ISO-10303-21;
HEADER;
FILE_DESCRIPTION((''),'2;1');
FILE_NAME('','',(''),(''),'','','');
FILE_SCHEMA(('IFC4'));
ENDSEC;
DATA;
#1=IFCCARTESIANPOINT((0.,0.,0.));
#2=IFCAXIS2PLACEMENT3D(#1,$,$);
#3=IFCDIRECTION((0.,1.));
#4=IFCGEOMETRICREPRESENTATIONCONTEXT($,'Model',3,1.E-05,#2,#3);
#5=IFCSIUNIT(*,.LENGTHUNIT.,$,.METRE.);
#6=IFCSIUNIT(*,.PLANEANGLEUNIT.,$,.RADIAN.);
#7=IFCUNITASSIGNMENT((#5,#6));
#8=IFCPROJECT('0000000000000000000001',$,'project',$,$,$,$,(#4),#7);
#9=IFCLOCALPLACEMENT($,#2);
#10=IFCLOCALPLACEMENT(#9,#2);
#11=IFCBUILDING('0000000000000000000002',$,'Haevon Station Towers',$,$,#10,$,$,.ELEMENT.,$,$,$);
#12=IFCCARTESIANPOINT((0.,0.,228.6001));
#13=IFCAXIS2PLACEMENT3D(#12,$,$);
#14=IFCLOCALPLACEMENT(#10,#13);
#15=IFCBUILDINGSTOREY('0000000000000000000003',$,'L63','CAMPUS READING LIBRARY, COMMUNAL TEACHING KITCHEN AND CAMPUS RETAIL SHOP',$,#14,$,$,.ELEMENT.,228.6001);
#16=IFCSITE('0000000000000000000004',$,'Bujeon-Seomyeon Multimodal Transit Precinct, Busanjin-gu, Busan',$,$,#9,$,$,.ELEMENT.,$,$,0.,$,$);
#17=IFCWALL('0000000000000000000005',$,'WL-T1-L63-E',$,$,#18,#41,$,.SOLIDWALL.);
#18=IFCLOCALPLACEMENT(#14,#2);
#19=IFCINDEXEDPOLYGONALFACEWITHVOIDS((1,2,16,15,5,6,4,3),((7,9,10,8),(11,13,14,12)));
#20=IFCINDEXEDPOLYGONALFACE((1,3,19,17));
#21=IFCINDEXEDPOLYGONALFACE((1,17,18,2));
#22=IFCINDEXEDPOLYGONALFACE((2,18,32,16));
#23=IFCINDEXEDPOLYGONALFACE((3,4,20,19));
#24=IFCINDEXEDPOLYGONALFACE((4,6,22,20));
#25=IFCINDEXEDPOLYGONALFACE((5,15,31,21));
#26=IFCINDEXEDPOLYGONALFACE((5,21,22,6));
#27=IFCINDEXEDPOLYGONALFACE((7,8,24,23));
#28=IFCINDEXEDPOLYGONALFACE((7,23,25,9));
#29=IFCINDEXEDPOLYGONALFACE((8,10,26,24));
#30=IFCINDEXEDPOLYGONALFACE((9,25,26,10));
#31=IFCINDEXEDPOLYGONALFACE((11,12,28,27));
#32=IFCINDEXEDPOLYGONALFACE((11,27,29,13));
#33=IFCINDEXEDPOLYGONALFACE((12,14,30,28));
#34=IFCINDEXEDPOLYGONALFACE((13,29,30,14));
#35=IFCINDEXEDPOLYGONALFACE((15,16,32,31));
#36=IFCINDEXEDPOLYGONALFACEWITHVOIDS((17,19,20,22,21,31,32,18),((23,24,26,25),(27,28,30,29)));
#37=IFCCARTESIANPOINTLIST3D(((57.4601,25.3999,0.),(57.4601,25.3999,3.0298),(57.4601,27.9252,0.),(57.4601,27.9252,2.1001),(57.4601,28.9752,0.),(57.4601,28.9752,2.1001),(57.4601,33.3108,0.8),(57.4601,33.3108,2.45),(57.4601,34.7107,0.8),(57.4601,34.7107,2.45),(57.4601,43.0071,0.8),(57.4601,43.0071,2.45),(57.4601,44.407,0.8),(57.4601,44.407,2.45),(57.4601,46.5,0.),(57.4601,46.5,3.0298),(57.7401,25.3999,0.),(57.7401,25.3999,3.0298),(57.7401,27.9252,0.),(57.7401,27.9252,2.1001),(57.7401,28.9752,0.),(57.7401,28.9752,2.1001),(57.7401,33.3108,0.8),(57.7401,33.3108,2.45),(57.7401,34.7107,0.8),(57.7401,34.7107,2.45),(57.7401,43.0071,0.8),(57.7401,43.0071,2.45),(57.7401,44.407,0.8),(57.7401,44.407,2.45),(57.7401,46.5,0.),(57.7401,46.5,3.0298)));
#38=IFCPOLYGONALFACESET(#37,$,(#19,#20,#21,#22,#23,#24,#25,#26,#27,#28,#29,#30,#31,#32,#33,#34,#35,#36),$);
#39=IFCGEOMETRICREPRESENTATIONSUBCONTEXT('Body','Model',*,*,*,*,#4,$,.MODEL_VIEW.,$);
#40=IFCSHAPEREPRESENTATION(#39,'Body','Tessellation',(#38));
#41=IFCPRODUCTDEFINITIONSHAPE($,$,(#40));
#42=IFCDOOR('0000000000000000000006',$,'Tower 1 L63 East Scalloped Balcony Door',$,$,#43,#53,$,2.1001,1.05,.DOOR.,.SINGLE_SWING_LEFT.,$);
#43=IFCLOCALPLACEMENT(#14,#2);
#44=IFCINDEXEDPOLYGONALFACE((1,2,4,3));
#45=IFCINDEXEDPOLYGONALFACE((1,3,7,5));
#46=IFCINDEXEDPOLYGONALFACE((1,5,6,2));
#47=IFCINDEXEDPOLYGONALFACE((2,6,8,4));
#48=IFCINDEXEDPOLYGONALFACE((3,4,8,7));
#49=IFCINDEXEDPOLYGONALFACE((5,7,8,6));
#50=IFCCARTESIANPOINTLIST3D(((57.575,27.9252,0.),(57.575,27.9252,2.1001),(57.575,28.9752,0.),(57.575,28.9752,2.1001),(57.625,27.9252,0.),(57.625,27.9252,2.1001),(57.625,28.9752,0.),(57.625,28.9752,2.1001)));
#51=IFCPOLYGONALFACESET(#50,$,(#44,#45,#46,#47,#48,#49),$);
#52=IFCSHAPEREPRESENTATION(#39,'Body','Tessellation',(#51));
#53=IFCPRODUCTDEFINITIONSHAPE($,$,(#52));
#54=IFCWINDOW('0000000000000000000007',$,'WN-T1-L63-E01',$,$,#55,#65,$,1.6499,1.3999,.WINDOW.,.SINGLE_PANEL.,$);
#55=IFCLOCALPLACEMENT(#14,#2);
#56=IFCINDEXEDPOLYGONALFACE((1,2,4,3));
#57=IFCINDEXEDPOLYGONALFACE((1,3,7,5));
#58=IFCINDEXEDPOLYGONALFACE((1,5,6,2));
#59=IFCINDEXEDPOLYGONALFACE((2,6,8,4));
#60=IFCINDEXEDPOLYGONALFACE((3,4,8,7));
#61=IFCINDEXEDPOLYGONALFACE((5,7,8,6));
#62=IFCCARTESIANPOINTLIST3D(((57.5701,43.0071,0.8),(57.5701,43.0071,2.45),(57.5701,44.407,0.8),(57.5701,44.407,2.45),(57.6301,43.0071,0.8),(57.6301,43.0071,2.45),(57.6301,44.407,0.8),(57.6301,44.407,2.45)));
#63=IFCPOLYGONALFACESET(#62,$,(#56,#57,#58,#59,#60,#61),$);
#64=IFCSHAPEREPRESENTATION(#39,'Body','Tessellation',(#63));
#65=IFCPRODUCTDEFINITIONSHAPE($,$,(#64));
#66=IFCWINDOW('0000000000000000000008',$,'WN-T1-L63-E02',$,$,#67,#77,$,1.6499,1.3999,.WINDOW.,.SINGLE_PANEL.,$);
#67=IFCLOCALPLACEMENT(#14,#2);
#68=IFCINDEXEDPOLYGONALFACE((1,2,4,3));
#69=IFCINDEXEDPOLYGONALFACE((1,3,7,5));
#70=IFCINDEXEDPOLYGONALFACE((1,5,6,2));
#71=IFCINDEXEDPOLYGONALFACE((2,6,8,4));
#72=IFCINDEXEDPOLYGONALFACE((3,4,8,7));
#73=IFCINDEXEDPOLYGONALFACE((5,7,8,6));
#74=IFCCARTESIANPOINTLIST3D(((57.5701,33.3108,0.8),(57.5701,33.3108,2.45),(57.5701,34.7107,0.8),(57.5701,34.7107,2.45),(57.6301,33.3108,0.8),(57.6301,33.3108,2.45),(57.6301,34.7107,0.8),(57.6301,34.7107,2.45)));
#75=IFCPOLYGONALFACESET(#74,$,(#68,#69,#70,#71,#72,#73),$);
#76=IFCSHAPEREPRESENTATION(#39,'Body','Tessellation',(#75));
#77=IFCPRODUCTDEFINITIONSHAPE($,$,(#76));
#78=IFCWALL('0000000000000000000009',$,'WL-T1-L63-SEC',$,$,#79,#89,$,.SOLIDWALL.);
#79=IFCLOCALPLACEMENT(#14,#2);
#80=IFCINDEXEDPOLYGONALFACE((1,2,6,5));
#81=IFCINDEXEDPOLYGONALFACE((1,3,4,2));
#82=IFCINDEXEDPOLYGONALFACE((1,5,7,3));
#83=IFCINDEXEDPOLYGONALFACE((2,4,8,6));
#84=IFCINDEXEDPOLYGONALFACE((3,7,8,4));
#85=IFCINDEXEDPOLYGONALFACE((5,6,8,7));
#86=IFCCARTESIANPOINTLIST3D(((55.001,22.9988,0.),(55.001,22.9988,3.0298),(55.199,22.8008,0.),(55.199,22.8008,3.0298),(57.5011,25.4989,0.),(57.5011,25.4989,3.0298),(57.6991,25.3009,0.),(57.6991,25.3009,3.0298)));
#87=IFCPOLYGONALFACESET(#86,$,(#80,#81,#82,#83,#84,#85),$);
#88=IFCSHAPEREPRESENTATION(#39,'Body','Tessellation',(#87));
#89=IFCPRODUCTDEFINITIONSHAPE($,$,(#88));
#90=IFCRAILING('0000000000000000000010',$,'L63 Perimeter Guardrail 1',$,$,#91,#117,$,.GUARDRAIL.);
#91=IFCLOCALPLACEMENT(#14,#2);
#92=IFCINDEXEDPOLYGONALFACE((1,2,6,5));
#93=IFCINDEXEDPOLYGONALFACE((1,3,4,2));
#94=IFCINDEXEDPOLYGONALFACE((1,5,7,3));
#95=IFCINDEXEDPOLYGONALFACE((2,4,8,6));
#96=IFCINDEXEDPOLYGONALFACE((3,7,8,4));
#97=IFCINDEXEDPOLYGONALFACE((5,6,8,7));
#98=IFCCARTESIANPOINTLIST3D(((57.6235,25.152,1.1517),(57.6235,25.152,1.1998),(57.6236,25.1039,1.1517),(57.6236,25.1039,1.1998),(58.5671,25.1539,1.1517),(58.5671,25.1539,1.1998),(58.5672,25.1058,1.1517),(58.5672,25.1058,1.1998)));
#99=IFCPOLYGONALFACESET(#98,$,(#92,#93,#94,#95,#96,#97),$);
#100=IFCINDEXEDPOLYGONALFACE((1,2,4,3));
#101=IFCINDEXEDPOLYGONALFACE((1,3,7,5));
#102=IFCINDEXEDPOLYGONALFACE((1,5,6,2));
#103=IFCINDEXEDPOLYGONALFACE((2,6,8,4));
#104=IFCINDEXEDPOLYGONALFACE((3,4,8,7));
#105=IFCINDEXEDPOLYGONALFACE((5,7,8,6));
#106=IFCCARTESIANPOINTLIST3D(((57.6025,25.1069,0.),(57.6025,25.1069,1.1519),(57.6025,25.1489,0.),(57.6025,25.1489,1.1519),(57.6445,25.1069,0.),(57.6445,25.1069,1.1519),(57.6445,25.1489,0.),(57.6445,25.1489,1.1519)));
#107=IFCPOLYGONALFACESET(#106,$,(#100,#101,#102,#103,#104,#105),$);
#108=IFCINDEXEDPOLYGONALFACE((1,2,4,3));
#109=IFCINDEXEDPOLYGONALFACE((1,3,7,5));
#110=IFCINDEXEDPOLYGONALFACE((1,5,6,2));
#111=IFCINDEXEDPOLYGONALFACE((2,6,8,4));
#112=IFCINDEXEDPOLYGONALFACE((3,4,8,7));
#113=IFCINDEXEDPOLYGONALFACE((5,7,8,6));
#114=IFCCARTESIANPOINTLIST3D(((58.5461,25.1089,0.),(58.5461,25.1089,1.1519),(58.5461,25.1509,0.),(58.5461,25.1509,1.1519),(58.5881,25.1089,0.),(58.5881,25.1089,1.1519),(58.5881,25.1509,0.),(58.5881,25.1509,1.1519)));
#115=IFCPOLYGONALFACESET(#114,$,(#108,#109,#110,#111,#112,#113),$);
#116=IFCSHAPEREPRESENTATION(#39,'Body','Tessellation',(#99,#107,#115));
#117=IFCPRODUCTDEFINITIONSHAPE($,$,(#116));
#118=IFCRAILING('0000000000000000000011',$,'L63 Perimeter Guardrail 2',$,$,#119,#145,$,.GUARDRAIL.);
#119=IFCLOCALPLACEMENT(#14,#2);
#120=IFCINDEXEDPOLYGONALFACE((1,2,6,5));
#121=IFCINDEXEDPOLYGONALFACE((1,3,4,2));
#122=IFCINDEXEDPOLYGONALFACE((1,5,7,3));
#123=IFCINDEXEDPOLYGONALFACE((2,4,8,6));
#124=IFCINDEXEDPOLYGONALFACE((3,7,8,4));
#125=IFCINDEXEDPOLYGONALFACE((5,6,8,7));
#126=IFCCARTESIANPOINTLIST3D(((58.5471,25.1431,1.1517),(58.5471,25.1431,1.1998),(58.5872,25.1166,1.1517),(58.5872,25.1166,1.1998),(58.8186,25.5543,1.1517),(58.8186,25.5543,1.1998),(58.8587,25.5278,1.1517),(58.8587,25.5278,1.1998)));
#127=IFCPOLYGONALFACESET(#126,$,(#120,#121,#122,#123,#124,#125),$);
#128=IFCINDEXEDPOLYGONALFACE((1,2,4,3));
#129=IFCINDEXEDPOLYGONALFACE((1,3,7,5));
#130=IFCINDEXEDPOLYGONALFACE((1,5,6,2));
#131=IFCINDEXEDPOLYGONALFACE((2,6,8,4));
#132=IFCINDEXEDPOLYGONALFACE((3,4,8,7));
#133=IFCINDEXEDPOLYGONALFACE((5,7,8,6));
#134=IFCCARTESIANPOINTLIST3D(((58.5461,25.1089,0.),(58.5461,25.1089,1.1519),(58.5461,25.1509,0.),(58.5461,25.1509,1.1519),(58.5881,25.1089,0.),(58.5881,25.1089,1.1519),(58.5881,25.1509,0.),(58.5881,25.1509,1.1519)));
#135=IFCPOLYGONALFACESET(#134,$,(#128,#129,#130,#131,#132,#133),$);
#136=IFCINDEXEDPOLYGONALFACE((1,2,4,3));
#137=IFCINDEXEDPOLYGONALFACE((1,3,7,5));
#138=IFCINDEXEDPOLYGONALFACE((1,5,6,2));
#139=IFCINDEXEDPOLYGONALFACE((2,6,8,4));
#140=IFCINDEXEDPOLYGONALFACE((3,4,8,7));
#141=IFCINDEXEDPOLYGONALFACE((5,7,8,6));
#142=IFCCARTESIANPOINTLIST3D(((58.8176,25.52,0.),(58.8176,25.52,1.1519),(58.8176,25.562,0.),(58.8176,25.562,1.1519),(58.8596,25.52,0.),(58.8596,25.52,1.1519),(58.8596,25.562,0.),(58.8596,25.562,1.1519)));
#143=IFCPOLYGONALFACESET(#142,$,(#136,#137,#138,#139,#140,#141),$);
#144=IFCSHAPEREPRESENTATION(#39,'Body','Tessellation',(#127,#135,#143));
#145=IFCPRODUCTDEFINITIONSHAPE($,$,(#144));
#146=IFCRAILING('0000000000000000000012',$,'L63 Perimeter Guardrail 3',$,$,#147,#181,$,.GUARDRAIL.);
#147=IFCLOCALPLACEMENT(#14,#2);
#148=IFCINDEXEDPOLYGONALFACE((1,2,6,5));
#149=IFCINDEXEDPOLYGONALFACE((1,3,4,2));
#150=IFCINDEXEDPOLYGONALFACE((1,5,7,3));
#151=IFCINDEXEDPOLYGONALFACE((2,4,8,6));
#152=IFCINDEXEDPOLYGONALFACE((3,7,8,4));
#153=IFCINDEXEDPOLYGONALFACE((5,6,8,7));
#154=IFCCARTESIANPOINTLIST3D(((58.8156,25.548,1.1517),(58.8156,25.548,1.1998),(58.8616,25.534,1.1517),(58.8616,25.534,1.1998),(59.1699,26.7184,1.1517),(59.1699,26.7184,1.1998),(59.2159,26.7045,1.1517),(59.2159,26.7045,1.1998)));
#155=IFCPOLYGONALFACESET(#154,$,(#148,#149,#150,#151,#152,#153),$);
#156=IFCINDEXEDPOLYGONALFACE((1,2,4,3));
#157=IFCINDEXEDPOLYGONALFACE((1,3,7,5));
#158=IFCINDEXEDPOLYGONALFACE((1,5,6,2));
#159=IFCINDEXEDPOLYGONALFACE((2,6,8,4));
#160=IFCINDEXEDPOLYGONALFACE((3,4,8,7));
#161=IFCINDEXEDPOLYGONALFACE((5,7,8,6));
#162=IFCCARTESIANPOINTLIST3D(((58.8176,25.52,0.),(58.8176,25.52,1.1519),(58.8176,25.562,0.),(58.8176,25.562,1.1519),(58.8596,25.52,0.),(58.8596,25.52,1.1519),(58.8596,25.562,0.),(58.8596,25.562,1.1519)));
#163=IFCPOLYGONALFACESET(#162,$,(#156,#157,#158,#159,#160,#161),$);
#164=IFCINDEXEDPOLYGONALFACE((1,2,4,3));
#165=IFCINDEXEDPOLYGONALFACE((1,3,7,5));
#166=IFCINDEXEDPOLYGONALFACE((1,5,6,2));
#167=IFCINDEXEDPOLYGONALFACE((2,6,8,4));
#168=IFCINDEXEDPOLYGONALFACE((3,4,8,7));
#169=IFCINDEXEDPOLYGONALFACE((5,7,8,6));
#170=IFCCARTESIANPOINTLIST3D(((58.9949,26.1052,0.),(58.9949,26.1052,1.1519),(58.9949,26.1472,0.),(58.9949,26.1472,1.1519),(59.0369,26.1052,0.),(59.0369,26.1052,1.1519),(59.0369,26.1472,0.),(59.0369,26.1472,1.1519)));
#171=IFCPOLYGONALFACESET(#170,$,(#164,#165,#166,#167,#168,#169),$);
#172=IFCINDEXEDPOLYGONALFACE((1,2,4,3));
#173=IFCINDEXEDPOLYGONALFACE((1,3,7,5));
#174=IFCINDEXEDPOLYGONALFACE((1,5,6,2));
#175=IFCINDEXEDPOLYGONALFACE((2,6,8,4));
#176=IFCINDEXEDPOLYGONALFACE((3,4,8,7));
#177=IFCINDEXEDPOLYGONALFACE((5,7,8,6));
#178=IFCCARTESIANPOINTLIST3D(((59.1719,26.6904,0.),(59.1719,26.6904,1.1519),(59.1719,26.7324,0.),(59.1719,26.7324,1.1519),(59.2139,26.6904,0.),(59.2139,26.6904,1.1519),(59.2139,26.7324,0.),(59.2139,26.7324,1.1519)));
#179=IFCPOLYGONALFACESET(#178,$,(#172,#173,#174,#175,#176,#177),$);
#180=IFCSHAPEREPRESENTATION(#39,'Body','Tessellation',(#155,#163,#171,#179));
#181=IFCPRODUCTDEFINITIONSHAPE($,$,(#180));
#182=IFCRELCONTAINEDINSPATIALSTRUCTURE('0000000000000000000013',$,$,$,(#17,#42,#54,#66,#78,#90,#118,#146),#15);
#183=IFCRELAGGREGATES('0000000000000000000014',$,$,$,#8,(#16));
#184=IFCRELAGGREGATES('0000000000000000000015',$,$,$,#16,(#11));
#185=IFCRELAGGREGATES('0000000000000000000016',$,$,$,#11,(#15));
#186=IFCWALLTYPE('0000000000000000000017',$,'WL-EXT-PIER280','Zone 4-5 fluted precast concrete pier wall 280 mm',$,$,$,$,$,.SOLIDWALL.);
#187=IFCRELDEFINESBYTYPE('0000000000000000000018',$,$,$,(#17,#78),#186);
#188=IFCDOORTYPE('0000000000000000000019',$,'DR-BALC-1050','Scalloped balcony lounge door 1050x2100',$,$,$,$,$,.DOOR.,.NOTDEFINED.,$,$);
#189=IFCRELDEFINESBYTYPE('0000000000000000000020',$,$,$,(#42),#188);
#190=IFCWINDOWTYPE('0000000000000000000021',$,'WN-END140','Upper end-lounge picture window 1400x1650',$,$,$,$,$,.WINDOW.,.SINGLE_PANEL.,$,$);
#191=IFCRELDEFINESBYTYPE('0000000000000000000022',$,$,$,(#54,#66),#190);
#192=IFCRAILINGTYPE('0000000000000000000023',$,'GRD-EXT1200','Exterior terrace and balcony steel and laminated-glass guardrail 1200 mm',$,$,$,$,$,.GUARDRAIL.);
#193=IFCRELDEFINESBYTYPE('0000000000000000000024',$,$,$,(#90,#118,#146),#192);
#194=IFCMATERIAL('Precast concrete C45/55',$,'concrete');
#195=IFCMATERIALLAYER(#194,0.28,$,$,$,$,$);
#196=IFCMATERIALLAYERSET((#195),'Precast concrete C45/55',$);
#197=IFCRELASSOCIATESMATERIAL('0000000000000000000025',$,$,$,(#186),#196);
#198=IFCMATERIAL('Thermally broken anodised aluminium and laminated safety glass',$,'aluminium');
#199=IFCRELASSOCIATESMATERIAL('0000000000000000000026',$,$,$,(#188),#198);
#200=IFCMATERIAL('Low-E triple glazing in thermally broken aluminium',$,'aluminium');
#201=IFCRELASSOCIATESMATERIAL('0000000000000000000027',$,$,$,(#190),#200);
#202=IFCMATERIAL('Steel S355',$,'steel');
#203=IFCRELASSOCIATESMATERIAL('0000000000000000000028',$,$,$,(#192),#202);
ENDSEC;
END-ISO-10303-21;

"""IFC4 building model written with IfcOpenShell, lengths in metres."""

from ifc_helpers import new_model, si_unit, direction, frame, frame_2d, origin, origin_2d, place, context, subcontext, project, spatial, rectangle, extrude, material, layer, layer_set, type_object, element, fill, save


model = new_model("IFC4")

# Units and contexts
model_context = context("Model", 3, precision=1e-05, world=origin(), true_north=direction((0.0, 1.0)))
body_context = subcontext(model_context, "Body", "Model", "MODEL_VIEW")
ifc_project = project(units=[si_unit("LENGTHUNIT", "METRE"), si_unit("PLANEANGLEUNIT", "RADIAN")], contexts=[model_context])

# Site, building, storey
site_placement = place(None, origin())
site = spatial("IfcSite", under=ifc_project, at=site_placement, Name="Bujeon-Seomyeon Multimodal Transit Precinct, Busanjin-gu, Busan", CompositionType="ELEMENT", RefElevation=0.0)
building_placement = place(site_placement, origin())
building = spatial("IfcBuilding", under=site, at=building_placement, Name="Haevon Station Towers", CompositionType="ELEMENT")
storey_placement = place(building_placement, frame((0.0, 0.0, 228.6001)))
storey = spatial("IfcBuildingStorey", under=building, at=storey_placement, Name="L63", Description="CAMPUS READING LIBRARY, COMMUNAL TEACHING KITCHEN AND CAMPUS RETAIL SHOP", CompositionType="ELEMENT", Elevation=228.6001)

# Shared definitions
ifc_material_1 = material(Name="Steel S355", Category="steel")

# Shared definitions
ifc_material_2 = material(Name="Precast concrete C45/55", Category="concrete")
ifc_layer_1 = layer(ifc_material_2, 0.28)
ifc_layer_set_1 = layer_set([ifc_layer_1], Name="Precast concrete C45/55")
wall_type = type_object("IfcWallType", Name="WL-EXT-PIER280", Description="Zone 4-5 fluted precast concrete pier wall 280 mm", PredefinedType="SOLIDWALL", material=ifc_layer_set_1)

# Wall, openings, door, windows
wall_1_placement = place(storey_placement, frame((57.6001, 46.5, 0.0), z_axis=(0.0, 0.0, 1.0), x_axis=(0.0, -1.0, 0.0)))
wall_1 = element("IfcWall", 1, at=wall_1_placement, inside=storey, type_object=wall_type, Name="WL-T1-L63-E", PredefinedType="SOLIDWALL", context=body_context, shape_type="SweptSolid", body=[
    extrude(rectangle(XDim=21.1001, YDim=0.28, at=frame_2d((10.55, 0.0))), origin(), (0.0, 0.0, 1.0), 3.0298),
])
opening_1_placement = place(wall_1_placement, frame((17.5249, 0.0, 0.0)))
opening_1 = element("IfcOpeningElement", 2, at=opening_1_placement, cuts=wall_1, PredefinedType="OPENING", context=body_context, shape_type="SweptSolid", body=[
    extrude(rectangle(XDim=1.05, YDim=2.1001, at=frame_2d((0.5249, 1.05))), frame((0.0, 0.1499, 0.0), z_axis=(0.0, -1.0, 0.0), x_axis=(1.0, 0.0, 0.0)), (0.0, 0.0, 1.0), 0.3),
])
opening_2_placement = place(wall_1_placement, frame((2.093, 0.0, 0.8)))
opening_2 = element("IfcOpeningElement", 3, at=opening_2_placement, cuts=wall_1, PredefinedType="OPENING", context=body_context, shape_type="SweptSolid", body=[
    extrude(rectangle(XDim=1.3999, YDim=1.6499, at=frame_2d((0.7, 0.825))), frame((0.0, 0.1499, 0.0), z_axis=(0.0, -1.0, 0.0), x_axis=(1.0, 0.0, 0.0)), (0.0, 0.0, 1.0), 0.3),
])
opening_3_placement = place(wall_1_placement, frame((11.7893, 0.0, 0.8)))
opening_3 = element("IfcOpeningElement", 4, at=opening_3_placement, cuts=wall_1, PredefinedType="OPENING", context=body_context, shape_type="SweptSolid", body=[
    extrude(rectangle(XDim=1.3999, YDim=1.6499, at=frame_2d((0.7, 0.825))), frame((0.0, 0.1499, 0.0), z_axis=(0.0, -1.0, 0.0), x_axis=(1.0, 0.0, 0.0)), (0.0, 0.0, 1.0), 0.3),
])
ifc_material_3 = material(Name="Thermally broken anodised aluminium and laminated safety glass", Category="aluminium")
door_type = type_object("IfcDoorType", Name="DR-BALC-1050", Description="Scalloped balcony lounge door 1050x2100", OperationType="NOTDEFINED", PredefinedType="DOOR", material=ifc_material_3)
door_placement = place(opening_1_placement, origin())
door = element("IfcDoor", 5, at=door_placement, inside=storey, type_object=door_type, Name="Tower 1 L63 East Scalloped Balcony Door", OperationType="SINGLE_SWING_LEFT", OverallHeight=2.1001, OverallWidth=1.05, PredefinedType="DOOR", context=body_context, shape_type="SweptSolid", body=[
    extrude(rectangle(XDim=1.05, YDim=2.1001, at=frame_2d((0.5249, 1.05))), frame((0.0, 0.0249, 0.0), z_axis=(0.0, -1.0, 0.0), x_axis=(1.0, 0.0, 0.0)), (0.0, 0.0, 1.0), 0.05),
])
fill(opening_1, door)
ifc_material_4 = material(Name="Low-E triple glazing in thermally broken aluminium", Category="aluminium")
window_type = type_object("IfcWindowType", Name="WN-END140", Description="Upper end-lounge picture window 1400x1650", PartitioningType="SINGLE_PANEL", PredefinedType="WINDOW", material=ifc_material_4)
window_1_placement = place(opening_2_placement, origin())
window_1 = element("IfcWindow", 6, at=window_1_placement, inside=storey, type_object=window_type, Name="WN-T1-L63-E01", OverallHeight=1.6499, OverallWidth=1.3999, PartitioningType="SINGLE_PANEL", PredefinedType="WINDOW", context=body_context, shape_type="SweptSolid", body=[
    extrude(rectangle(XDim=1.3999, YDim=1.6499, at=frame_2d((0.7, 0.825))), frame((0.0, 0.03, 0.0), z_axis=(0.0, -1.0, 0.0), x_axis=(1.0, 0.0, 0.0)), (0.0, 0.0, 1.0), 0.0601),
])
fill(opening_2, window_1)
window_2_placement = place(opening_3_placement, origin())
window_2 = element("IfcWindow", 7, at=window_2_placement, inside=storey, type_object=window_type, Name="WN-T1-L63-E02", OverallHeight=1.6499, OverallWidth=1.3999, PartitioningType="SINGLE_PANEL", PredefinedType="WINDOW", context=body_context, shape_type="SweptSolid", body=[
    extrude(rectangle(XDim=1.3999, YDim=1.6499, at=frame_2d((0.7, 0.825))), frame((0.0, 0.03, 0.0), z_axis=(0.0, -1.0, 0.0), x_axis=(1.0, 0.0, 0.0)), (0.0, 0.0, 1.0), 0.0601),
])
fill(opening_3, window_2)

# Wall
wall_2_placement = place(storey_placement, frame((57.6001, 25.3999, 0.0), z_axis=(0.0, 0.0, 1.0), x_axis=(-0.707107, -0.707107, 0.0)))
element("IfcWall", 8, at=wall_2_placement, inside=storey, type_object=wall_type, Name="WL-T1-L63-SEC", PredefinedType="SOLIDWALL", context=body_context, shape_type="SweptSolid", body=[
    extrude(rectangle(XDim=3.5356, YDim=0.28, at=frame_2d((1.7678, 0.0))), origin(), (0.0, 0.0, 1.0), 3.0298),
])

# Railings
railing_type = type_object("IfcRailingType", Name="GRD-EXT1200", Description="Exterior terrace and balcony steel and laminated-glass guardrail 1200 mm", PredefinedType="GUARDRAIL", material=ifc_material_1)
railing_1_placement = place(storey_placement, frame((57.6235, 25.1279, 0.0)))
element("IfcRailing", 9, at=railing_1_placement, inside=storey, type_object=railing_type, Name="L63 Perimeter Guardrail 1", PredefinedType="GUARDRAIL", context=body_context, shape_type="SweptSolid", body=[
    extrude(rectangle(XDim=0.0481, YDim=0.0481, at=origin_2d()), frame((0.0, 0.0, 1.1758), z_axis=(0.999998, 0.00207, 0.0), x_axis=(-0.00207, 0.999998, 0.0)), (0.0, 0.0, 1.0), 0.9436),
    extrude(rectangle(XDim=0.042, YDim=0.042, at=origin_2d()), origin(), (0.0, 0.0, 1.0), 1.1519),
    extrude(rectangle(XDim=0.042, YDim=0.042, at=origin_2d()), frame((0.9436, 0.002, 0.0)), (0.0, 0.0, 1.0), 1.1519),
])
railing_2_placement = place(storey_placement, frame((58.5671, 25.1299, 0.0)))
element("IfcRailing", 10, at=railing_2_placement, inside=storey, type_object=railing_type, Name="L63 Perimeter Guardrail 2", PredefinedType="GUARDRAIL", context=body_context, shape_type="SweptSolid", body=[
    extrude(rectangle(XDim=0.0481, YDim=0.0481, at=origin_2d()), frame((0.0, 0.0, 1.1758), z_axis=(0.551035, 0.834482, 0.0), x_axis=(-0.834482, 0.551035, 0.0)), (0.0, 0.0, 1.0), 0.4927),
    extrude(rectangle(XDim=0.042, YDim=0.042, at=origin_2d()), origin(), (0.0, 0.0, 1.0), 1.1519),
    extrude(rectangle(XDim=0.042, YDim=0.042, at=origin_2d()), frame((0.2715, 0.4111, 0.0)), (0.0, 0.0, 1.0), 1.1519),
])
railing_3_placement = place(storey_placement, frame((58.8386, 25.541, 0.0)))
element("IfcRailing", 11, at=railing_3_placement, inside=storey, type_object=railing_type, Name="L63 Perimeter Guardrail 3", PredefinedType="GUARDRAIL", context=body_context, shape_type="SweptSolid", body=[
    extrude(rectangle(XDim=0.0481, YDim=0.0481, at=origin_2d()), frame((0.0, 0.0, 1.1758), z_axis=(0.289692, 0.95712, 0.0), x_axis=(-0.95712, 0.289692, 0.0)), (0.0, 0.0, 1.0), 1.2229),
    extrude(rectangle(XDim=0.042, YDim=0.042, at=origin_2d()), origin(), (0.0, 0.0, 1.0), 1.1519),
    extrude(rectangle(XDim=0.042, YDim=0.042, at=origin_2d()), frame((0.1772, 0.5852, 0.0)), (0.0, 0.0, 1.0), 1.1519),
    extrude(rectangle(XDim=0.042, YDim=0.042, at=origin_2d()), frame((0.3542, 1.1704, 0.0)), (0.0, 0.0, 1.0), 1.1519),
])

save(model, "model.ifc")
